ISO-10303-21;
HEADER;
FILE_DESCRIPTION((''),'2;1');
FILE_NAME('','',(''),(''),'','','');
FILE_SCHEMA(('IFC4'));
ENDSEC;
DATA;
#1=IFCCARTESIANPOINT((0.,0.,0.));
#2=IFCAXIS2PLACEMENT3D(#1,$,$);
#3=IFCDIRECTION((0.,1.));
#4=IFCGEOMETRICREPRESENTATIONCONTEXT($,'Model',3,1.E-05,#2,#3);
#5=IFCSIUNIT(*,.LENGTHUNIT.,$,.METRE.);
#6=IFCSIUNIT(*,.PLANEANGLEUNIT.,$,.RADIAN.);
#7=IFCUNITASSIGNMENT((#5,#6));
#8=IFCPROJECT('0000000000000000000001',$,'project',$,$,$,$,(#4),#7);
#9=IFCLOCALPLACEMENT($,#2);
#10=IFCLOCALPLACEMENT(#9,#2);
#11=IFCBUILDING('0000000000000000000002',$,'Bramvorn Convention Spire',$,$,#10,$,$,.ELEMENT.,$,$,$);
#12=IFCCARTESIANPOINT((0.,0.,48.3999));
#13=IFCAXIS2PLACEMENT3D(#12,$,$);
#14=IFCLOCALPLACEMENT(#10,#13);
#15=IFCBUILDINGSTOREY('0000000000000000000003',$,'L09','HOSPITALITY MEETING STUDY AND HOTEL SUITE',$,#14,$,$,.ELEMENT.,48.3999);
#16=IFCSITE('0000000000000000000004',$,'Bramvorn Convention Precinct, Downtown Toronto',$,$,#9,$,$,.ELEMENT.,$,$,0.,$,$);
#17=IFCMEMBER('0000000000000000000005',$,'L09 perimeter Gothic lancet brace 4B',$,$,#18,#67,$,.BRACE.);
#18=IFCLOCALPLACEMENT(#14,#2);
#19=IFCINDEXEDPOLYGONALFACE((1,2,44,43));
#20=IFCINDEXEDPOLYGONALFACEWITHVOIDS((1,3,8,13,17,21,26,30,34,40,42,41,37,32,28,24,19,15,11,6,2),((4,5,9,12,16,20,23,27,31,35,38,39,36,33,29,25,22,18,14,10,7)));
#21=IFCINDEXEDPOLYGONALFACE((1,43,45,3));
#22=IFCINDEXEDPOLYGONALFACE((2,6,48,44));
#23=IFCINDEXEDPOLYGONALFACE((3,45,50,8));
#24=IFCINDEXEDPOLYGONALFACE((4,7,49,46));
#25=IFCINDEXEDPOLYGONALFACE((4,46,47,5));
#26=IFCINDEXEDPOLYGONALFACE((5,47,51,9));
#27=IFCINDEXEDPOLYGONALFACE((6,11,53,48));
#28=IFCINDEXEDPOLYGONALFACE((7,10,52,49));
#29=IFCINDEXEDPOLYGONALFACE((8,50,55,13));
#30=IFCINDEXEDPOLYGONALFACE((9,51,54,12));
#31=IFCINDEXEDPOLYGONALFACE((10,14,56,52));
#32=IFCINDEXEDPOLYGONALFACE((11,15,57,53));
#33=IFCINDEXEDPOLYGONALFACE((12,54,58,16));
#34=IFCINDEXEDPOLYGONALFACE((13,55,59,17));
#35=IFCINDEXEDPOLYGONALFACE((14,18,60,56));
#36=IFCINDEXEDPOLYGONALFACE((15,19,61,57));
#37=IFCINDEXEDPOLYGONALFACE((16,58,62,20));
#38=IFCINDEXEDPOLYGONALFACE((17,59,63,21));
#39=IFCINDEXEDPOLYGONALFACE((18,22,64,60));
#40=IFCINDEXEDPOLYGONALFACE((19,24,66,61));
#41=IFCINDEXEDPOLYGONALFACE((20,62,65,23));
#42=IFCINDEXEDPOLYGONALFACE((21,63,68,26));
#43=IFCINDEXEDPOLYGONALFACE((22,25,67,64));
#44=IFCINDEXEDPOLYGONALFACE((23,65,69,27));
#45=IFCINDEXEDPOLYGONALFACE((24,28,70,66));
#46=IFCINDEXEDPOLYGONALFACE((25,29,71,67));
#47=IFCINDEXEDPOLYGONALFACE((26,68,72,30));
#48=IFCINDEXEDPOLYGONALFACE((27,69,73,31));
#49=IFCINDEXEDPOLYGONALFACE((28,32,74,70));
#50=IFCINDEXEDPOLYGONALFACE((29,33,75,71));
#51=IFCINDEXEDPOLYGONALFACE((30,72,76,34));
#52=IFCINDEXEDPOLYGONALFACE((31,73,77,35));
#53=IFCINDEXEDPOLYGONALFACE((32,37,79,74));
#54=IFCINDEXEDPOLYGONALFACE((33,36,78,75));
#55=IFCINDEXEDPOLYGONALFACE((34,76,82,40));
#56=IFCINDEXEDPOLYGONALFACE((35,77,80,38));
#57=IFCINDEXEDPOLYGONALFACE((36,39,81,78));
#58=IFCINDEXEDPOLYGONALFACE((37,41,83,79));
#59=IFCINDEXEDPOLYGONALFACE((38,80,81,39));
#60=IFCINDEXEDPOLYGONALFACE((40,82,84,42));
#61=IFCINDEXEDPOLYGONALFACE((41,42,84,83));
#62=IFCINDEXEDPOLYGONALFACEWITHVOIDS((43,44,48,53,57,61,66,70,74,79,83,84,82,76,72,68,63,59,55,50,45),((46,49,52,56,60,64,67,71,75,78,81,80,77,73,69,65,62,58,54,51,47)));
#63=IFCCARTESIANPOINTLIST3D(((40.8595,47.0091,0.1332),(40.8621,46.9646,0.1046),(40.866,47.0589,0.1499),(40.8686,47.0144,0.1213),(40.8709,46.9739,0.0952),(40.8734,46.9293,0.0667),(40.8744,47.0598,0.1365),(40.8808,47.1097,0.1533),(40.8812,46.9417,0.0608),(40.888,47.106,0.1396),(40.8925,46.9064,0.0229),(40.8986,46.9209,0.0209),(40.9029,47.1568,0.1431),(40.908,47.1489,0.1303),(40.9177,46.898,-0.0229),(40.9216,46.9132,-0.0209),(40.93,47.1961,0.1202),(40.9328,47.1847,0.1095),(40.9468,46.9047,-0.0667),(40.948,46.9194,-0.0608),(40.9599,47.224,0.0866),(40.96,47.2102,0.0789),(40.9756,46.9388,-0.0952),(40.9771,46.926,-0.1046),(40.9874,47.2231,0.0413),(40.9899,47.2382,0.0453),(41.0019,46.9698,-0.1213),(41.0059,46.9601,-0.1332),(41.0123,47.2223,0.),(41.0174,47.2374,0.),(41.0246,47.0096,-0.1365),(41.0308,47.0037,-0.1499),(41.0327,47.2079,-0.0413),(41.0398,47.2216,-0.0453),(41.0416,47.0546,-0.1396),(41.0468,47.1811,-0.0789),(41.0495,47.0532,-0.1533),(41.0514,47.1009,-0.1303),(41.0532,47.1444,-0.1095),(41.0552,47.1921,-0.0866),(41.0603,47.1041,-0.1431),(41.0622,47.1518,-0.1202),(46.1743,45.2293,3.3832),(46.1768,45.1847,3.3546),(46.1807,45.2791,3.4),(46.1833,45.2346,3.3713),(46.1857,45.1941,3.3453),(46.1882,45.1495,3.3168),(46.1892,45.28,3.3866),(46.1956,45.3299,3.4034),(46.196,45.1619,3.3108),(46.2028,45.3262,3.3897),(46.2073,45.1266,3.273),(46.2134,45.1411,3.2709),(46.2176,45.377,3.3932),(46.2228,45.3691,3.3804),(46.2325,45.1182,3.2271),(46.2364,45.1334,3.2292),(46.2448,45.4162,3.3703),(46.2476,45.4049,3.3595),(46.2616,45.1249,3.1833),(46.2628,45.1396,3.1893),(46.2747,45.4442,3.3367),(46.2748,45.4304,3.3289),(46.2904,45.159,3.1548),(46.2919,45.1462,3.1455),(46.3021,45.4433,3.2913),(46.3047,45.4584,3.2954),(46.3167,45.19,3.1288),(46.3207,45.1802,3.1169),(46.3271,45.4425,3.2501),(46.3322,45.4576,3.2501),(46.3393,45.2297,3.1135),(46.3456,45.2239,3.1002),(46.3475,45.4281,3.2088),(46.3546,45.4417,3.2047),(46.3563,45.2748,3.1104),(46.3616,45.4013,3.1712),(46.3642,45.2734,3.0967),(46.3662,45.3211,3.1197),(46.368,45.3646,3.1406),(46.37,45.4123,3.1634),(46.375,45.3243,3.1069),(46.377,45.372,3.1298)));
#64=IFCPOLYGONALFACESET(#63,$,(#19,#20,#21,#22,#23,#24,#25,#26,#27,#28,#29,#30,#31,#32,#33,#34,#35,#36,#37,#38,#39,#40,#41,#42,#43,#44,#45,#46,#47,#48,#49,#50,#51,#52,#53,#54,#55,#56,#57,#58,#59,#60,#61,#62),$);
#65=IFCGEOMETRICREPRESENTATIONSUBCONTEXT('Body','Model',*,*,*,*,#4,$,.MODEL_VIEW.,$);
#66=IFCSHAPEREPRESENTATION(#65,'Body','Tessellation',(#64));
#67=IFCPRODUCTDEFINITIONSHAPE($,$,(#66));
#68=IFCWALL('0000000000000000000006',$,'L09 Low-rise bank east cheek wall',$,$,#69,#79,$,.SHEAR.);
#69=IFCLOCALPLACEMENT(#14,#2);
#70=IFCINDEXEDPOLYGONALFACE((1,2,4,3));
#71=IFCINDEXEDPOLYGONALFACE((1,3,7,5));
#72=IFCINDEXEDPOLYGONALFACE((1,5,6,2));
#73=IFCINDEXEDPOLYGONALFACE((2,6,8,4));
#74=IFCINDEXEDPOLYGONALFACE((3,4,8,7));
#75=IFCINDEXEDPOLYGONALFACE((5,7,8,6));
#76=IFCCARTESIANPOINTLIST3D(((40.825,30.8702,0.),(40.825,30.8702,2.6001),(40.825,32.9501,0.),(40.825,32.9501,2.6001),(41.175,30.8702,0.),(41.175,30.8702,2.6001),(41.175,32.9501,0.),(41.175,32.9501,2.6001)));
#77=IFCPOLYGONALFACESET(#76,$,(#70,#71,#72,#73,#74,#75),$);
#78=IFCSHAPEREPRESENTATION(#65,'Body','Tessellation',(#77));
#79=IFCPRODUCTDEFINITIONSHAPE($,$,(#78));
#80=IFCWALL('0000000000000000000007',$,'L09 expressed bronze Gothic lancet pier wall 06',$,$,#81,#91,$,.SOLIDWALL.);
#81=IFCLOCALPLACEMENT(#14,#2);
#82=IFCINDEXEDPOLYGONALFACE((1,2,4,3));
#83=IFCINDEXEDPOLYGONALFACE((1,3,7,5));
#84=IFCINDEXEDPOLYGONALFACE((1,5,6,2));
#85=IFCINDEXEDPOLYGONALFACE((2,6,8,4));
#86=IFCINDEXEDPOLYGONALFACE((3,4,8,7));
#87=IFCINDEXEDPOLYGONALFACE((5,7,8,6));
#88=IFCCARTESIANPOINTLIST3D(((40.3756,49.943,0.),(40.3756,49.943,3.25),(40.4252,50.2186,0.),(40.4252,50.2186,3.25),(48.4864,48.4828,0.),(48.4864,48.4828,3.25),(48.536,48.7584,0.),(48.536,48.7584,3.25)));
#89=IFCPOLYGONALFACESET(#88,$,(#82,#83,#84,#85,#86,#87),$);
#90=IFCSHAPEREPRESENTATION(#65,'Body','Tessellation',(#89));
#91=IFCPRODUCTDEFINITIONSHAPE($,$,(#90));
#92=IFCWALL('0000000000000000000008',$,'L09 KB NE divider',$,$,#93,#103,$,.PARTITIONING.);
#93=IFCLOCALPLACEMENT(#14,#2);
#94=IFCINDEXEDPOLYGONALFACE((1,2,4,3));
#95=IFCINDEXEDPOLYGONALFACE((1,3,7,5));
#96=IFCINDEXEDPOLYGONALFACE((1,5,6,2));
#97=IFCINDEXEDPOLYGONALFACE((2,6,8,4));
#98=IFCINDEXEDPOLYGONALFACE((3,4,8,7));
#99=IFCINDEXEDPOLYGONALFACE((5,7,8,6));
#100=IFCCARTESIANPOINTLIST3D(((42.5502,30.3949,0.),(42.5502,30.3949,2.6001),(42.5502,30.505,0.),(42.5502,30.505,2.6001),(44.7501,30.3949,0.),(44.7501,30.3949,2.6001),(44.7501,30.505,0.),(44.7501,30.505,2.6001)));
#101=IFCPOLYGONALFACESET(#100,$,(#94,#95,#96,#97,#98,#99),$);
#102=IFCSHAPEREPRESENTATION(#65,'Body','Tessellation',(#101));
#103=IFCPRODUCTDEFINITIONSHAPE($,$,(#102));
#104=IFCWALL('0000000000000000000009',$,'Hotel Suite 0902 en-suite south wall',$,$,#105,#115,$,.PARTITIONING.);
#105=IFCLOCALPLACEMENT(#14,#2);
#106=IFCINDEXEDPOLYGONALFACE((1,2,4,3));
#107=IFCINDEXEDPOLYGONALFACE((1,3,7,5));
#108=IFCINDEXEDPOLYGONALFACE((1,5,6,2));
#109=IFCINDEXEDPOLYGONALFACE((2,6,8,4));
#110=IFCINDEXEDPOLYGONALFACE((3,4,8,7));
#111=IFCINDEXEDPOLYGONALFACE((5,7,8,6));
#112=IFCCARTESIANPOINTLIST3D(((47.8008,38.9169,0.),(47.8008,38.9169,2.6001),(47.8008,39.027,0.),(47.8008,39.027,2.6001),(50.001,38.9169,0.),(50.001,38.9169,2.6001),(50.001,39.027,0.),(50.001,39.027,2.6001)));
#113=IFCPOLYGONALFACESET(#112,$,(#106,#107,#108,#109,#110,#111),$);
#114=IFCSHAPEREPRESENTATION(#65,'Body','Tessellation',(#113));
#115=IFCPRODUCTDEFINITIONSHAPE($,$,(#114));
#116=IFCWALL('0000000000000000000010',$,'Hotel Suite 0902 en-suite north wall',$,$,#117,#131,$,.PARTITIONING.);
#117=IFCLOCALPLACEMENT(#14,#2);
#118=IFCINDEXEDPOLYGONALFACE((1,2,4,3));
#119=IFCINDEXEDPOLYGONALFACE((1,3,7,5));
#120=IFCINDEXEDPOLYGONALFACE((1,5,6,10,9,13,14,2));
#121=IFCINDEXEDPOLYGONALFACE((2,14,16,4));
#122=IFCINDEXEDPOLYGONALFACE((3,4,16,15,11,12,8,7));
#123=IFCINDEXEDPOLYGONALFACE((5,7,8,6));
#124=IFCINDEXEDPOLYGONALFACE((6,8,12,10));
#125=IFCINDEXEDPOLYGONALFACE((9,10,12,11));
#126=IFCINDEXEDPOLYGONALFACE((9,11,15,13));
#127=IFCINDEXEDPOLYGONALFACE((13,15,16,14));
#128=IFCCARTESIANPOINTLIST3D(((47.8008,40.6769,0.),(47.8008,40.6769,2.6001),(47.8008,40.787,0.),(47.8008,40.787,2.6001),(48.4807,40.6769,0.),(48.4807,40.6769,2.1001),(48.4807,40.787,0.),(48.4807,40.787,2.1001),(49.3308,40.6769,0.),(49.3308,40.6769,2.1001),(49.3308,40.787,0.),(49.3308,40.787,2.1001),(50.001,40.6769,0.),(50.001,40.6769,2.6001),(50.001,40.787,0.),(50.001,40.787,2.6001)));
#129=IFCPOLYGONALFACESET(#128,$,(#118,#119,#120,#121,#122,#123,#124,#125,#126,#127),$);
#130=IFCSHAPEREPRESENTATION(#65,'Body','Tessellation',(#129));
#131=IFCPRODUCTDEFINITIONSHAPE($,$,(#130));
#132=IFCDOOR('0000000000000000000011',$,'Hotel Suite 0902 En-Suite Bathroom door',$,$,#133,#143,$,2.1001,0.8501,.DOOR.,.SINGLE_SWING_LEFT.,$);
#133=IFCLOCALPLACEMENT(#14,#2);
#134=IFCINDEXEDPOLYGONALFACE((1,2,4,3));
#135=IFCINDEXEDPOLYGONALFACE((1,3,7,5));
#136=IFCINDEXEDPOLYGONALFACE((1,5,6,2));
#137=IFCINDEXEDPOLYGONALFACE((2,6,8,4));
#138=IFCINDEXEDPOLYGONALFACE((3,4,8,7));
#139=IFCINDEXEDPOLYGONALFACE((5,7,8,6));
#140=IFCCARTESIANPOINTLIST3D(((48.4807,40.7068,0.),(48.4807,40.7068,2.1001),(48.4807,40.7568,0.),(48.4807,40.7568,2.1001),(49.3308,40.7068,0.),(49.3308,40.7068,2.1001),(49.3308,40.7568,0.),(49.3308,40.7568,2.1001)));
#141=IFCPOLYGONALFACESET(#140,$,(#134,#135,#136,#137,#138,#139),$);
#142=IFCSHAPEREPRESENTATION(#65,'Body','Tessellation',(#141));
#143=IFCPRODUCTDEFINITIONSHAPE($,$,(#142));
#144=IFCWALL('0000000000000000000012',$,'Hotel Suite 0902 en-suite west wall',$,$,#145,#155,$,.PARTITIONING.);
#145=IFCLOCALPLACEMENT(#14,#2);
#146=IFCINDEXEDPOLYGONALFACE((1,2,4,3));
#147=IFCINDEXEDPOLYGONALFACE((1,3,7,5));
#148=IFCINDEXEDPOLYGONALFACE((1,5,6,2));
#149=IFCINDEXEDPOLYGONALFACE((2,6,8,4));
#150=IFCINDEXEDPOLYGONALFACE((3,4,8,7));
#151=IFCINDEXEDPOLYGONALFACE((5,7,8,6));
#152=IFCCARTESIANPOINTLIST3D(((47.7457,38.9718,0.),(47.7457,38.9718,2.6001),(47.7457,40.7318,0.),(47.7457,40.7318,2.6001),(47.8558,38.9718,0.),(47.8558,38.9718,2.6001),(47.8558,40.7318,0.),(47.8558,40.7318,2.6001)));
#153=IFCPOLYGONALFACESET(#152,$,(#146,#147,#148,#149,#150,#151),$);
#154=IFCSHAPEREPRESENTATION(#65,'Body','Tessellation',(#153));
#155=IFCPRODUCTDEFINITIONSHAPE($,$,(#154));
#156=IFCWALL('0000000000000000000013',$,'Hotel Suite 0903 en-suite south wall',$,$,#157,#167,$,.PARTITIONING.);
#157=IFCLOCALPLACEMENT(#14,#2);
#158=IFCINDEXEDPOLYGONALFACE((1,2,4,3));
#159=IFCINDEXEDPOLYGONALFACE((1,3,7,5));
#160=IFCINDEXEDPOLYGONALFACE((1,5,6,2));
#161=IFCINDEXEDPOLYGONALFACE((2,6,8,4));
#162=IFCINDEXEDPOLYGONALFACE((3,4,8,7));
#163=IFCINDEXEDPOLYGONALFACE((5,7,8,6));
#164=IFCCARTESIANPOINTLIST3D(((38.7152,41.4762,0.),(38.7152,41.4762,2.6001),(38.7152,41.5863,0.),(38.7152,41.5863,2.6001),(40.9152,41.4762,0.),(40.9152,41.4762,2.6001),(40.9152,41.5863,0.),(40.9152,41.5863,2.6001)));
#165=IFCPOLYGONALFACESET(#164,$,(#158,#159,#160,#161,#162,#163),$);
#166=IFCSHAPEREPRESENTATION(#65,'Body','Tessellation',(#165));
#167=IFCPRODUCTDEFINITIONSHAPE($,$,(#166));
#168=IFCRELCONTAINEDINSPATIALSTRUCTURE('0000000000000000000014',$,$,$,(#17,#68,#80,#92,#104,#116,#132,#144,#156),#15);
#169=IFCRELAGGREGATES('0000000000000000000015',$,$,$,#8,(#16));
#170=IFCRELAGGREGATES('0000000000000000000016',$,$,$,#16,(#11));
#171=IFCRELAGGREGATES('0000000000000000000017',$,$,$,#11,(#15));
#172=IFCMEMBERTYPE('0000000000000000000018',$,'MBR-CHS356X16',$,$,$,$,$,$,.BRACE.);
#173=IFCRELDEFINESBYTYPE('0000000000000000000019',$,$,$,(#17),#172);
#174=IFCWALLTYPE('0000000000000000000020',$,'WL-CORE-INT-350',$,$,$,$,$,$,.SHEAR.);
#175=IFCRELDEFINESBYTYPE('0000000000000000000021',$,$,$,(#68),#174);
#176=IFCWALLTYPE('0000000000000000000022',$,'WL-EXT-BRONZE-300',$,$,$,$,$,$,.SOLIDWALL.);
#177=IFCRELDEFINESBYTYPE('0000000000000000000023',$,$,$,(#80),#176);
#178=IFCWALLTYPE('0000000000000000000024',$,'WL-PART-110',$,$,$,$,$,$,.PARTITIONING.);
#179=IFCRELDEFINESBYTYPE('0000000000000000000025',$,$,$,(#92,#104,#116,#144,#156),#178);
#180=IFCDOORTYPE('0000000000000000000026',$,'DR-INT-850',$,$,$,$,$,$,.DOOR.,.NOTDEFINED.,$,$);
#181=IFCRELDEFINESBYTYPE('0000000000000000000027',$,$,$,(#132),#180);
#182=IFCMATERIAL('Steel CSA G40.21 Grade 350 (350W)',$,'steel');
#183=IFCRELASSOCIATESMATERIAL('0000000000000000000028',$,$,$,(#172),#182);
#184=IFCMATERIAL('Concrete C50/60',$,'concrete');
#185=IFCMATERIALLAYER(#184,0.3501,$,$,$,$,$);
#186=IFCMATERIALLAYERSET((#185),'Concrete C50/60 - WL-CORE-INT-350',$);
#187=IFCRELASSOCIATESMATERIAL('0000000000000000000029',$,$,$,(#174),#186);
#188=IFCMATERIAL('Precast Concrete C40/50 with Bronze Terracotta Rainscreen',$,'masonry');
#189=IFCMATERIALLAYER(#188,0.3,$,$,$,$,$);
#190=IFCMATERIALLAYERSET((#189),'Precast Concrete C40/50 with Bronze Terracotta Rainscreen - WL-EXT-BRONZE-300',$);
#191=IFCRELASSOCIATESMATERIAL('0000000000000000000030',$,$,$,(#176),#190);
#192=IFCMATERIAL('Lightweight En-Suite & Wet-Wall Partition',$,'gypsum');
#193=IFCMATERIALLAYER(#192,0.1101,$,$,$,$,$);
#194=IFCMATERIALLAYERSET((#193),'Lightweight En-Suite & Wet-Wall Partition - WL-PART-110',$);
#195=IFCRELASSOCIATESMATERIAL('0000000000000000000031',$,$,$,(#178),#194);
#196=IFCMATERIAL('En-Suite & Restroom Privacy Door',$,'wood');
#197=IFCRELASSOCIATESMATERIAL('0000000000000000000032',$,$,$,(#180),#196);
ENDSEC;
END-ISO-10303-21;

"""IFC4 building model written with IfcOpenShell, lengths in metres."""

from ifc_helpers import new_model, si_unit, direction, frame, frame_2d, origin, origin_2d, place, context, subcontext, project, spatial, rectangle, hollow_circle, extrude, material, layer, layer_set, material_profile, profile_set, type_object, element, fill, save


model = new_model("IFC4")

# Units and contexts
model_context = context("Model", 3, precision=1e-05, world=origin(), true_north=direction((0.0, 1.0)))
body_context = subcontext(model_context, "Body", "Model", "MODEL_VIEW")
ifc_project = project(units=[si_unit("LENGTHUNIT", "METRE"), si_unit("PLANEANGLEUNIT", "RADIAN")], contexts=[model_context])

# Site, building, storey
site_placement = place(None, origin())
site = spatial("IfcSite", under=ifc_project, at=site_placement, Name="Bramvorn Convention Precinct, Downtown Toronto", CompositionType="ELEMENT", RefElevation=0.0)
building_placement = place(site_placement, origin())
building = spatial("IfcBuilding", under=site, at=building_placement, Name="Bramvorn Convention Spire", CompositionType="ELEMENT")
storey_placement = place(building_placement, frame((0.0, 0.0, 48.3999)))
storey = spatial("IfcBuildingStorey", under=building, at=storey_placement, Name="L09", Description="HOSPITALITY MEETING STUDY AND HOTEL SUITE", CompositionType="ELEMENT", Elevation=48.3999)

# Shared definitions
ifc_material_1 = material(Name="Steel CSA G40.21 Grade 350 (350W)", Category="steel")

# Member
ifc_material_profile_1 = material_profile(ifc_material_1, hollow_circle(Radius=0.1777, WallThickness=0.0159, at=origin_2d()))
ifc_profile_set_1 = profile_set([ifc_material_profile_1], Name="Steel CSA G40.21 Grade 350 (350W) - CHS356X16")
member_type = type_object("IfcMemberType", Name="MBR-CHS356X16", PredefinedType="BRACE", material=ifc_profile_set_1)
member_placement = place(storey_placement, frame((40.9609, 47.0688, 0.0), z_axis=(0.820309, -0.274705, 0.501628), x_axis=(0.317547, 0.948242, 0.0)))
element("IfcMember", 1, at=member_placement, inside=storey, type_object=member_type, Name="L09 perimeter Gothic lancet brace 4B", PredefinedType="BRACE", context=body_context, shape_type="SweptSolid", body=[
    extrude(hollow_circle(Radius=0.1777, WallThickness=0.0159, at=origin_2d()), origin(), (0.0, 0.0, 1.0), 6.479),
])

# Shared definitions
ifc_material_2 = material(Name="Concrete C50/60", Category="concrete")
ifc_layer_1 = layer(ifc_material_2, 0.3501)
ifc_layer_set_1 = layer_set([ifc_layer_1], Name="Concrete C50/60 - WL-CORE-INT-350")
wall_type_1 = type_object("IfcWallType", Name="WL-CORE-INT-350", PredefinedType="SHEAR", material=ifc_layer_set_1)

# Walls
wall_1_placement = place(storey_placement, frame((41.0, 30.8701, 0.0), z_axis=(0.0, 0.0, 1.0), x_axis=(0.0, 1.0, 0.0)))
element("IfcWall", 2, at=wall_1_placement, inside=storey, type_object=wall_type_1, Name="L09 Low-rise bank east cheek wall", PredefinedType="SHEAR", context=body_context, shape_type="SweptSolid", body=[
    extrude(rectangle(XDim=2.0798, YDim=0.3501, at=frame_2d((1.04, 0.0))), origin(), (0.0, 0.0, 1.0), 2.6001),
])
ifc_material_3 = material(Name="Precast Concrete C40/50 with Bronze Terracotta Rainscreen", Category="masonry")
ifc_layer_2 = layer(ifc_material_3, 0.3)
ifc_layer_set_2 = layer_set([ifc_layer_2], Name="Precast Concrete C40/50 with Bronze Terracotta Rainscreen - WL-EXT-BRONZE-300")
wall_type_2 = type_object("IfcWallType", Name="WL-EXT-BRONZE-300", PredefinedType="SOLIDWALL", material=ifc_layer_set_2)
wall_2_placement = place(storey_placement, frame((40.4004, 50.0808, 0.0), z_axis=(0.0, 0.0, 1.0), x_axis=(0.984178, -0.177183, 0.0)))
element("IfcWall", 3, at=wall_2_placement, inside=storey, type_object=wall_type_2, Name="L09 expressed bronze Gothic lancet pier wall 06", PredefinedType="SOLIDWALL", context=body_context, shape_type="SweptSolid", body=[
    extrude(rectangle(XDim=8.2412, YDim=0.28, at=frame_2d((4.1206, 0.0))), origin(), (0.0, 0.0, 1.0), 3.25),
])
ifc_material_4 = material(Name="Lightweight En-Suite & Wet-Wall Partition", Category="gypsum")
ifc_layer_3 = layer(ifc_material_4, 0.1101)
ifc_layer_set_3 = layer_set([ifc_layer_3], Name="Lightweight En-Suite & Wet-Wall Partition - WL-PART-110")
wall_type_3 = type_object("IfcWallType", Name="WL-PART-110", PredefinedType="PARTITIONING", material=ifc_layer_set_3)
wall_3_placement = place(storey_placement, frame((42.55, 30.45, 0.0), z_axis=(0.0, 0.0, 1.0), x_axis=(1.0, 0.0, 0.0)))
element("IfcWall", 4, at=wall_3_placement, inside=storey, type_object=wall_type_3, Name="L09 KB NE divider", PredefinedType="PARTITIONING", context=body_context, shape_type="SweptSolid", body=[
    extrude(rectangle(XDim=2.2, YDim=0.1101, at=frame_2d((1.1001, 0.0))), origin(), (0.0, 0.0, 1.0), 2.6001),
])
wall_4_placement = place(storey_placement, frame((47.8008, 38.9719, 0.0), z_axis=(0.0, 0.0, 1.0), x_axis=(1.0, 0.0, 0.0)))
element("IfcWall", 5, at=wall_4_placement, inside=storey, type_object=wall_type_3, Name="Hotel Suite 0902 en-suite south wall", PredefinedType="PARTITIONING", context=body_context, shape_type="SweptSolid", body=[
    extrude(rectangle(XDim=2.2002, YDim=0.1101, at=frame_2d((1.1001, 0.0))), origin(), (0.0, 0.0, 1.0), 2.6001),
])

# Wall, opening, door
wall_5_placement = place(storey_placement, frame((47.8008, 40.7319, 0.0), z_axis=(0.0, 0.0, 1.0), x_axis=(1.0, 0.0, 0.0)))
wall_5 = element("IfcWall", 6, at=wall_5_placement, inside=storey, type_object=wall_type_3, Name="Hotel Suite 0902 en-suite north wall", PredefinedType="PARTITIONING", context=body_context, shape_type="SweptSolid", body=[
    extrude(rectangle(XDim=2.2002, YDim=0.1101, at=frame_2d((1.1001, 0.0))), origin(), (0.0, 0.0, 1.0), 2.6001),
])
opening_1_placement = place(wall_5_placement, frame((0.6799, 0.0, 0.0)))
opening_1 = element("IfcOpeningElement", 7, at=opening_1_placement, cuts=wall_5, PredefinedType="OPENING", context=body_context, shape_type="SweptSolid", body=[
    extrude(rectangle(XDim=0.8501, YDim=2.1001, at=frame_2d((0.425, 1.05))), frame((0.0, 0.0649, 0.0), z_axis=(0.0, -1.0, 0.0), x_axis=(1.0, 0.0, 0.0)), (0.0, 0.0, 1.0), 0.1301),
])
ifc_material_5 = material(Name="En-Suite & Restroom Privacy Door", Category="wood")
door_type_1 = type_object("IfcDoorType", Name="DR-INT-850", OperationType="NOTDEFINED", PredefinedType="DOOR", material=ifc_material_5)
door_1_placement = place(opening_1_placement, origin())
door_1 = element("IfcDoor", 8, at=door_1_placement, inside=storey, type_object=door_type_1, Name="Hotel Suite 0902 En-Suite Bathroom door", OperationType="SINGLE_SWING_LEFT", OverallHeight=2.1001, OverallWidth=0.8501, PredefinedType="DOOR", context=body_context, shape_type="SweptSolid", body=[
    extrude(rectangle(XDim=0.8501, YDim=2.1001, at=frame_2d((0.425, 1.05))), frame((0.0, 0.0249, 0.0), z_axis=(0.0, -1.0, 0.0), x_axis=(1.0, 0.0, 0.0)), (0.0, 0.0, 1.0), 0.05),
])
fill(opening_1, door_1)

# Walls
wall_6_placement = place(storey_placement, frame((47.8008, 38.9719, 0.0), z_axis=(0.0, 0.0, 1.0), x_axis=(0.0, 1.0, 0.0)))
element("IfcWall", 9, at=wall_6_placement, inside=storey, type_object=wall_type_3, Name="Hotel Suite 0902 en-suite west wall", PredefinedType="PARTITIONING", context=body_context, shape_type="SweptSolid", body=[
    extrude(rectangle(XDim=1.76, YDim=0.1101, at=frame_2d((0.8799, 0.0))), origin(), (0.0, 0.0, 1.0), 2.6001),
])
wall_7_placement = place(storey_placement, frame((38.7151, 41.5312, 0.0), z_axis=(0.0, 0.0, 1.0), x_axis=(1.0, 0.0, 0.0)))
element("IfcWall", 10, at=wall_7_placement, inside=storey, type_object=wall_type_3, Name="Hotel Suite 0903 en-suite south wall", PredefinedType="PARTITIONING", context=body_context, shape_type="SweptSolid", body=[
    extrude(rectangle(XDim=2.2, YDim=0.1101, at=frame_2d((1.1001, 0.0))), origin(), (0.0, 0.0, 1.0), 2.6001),
])

save(model, "model.ifc")
